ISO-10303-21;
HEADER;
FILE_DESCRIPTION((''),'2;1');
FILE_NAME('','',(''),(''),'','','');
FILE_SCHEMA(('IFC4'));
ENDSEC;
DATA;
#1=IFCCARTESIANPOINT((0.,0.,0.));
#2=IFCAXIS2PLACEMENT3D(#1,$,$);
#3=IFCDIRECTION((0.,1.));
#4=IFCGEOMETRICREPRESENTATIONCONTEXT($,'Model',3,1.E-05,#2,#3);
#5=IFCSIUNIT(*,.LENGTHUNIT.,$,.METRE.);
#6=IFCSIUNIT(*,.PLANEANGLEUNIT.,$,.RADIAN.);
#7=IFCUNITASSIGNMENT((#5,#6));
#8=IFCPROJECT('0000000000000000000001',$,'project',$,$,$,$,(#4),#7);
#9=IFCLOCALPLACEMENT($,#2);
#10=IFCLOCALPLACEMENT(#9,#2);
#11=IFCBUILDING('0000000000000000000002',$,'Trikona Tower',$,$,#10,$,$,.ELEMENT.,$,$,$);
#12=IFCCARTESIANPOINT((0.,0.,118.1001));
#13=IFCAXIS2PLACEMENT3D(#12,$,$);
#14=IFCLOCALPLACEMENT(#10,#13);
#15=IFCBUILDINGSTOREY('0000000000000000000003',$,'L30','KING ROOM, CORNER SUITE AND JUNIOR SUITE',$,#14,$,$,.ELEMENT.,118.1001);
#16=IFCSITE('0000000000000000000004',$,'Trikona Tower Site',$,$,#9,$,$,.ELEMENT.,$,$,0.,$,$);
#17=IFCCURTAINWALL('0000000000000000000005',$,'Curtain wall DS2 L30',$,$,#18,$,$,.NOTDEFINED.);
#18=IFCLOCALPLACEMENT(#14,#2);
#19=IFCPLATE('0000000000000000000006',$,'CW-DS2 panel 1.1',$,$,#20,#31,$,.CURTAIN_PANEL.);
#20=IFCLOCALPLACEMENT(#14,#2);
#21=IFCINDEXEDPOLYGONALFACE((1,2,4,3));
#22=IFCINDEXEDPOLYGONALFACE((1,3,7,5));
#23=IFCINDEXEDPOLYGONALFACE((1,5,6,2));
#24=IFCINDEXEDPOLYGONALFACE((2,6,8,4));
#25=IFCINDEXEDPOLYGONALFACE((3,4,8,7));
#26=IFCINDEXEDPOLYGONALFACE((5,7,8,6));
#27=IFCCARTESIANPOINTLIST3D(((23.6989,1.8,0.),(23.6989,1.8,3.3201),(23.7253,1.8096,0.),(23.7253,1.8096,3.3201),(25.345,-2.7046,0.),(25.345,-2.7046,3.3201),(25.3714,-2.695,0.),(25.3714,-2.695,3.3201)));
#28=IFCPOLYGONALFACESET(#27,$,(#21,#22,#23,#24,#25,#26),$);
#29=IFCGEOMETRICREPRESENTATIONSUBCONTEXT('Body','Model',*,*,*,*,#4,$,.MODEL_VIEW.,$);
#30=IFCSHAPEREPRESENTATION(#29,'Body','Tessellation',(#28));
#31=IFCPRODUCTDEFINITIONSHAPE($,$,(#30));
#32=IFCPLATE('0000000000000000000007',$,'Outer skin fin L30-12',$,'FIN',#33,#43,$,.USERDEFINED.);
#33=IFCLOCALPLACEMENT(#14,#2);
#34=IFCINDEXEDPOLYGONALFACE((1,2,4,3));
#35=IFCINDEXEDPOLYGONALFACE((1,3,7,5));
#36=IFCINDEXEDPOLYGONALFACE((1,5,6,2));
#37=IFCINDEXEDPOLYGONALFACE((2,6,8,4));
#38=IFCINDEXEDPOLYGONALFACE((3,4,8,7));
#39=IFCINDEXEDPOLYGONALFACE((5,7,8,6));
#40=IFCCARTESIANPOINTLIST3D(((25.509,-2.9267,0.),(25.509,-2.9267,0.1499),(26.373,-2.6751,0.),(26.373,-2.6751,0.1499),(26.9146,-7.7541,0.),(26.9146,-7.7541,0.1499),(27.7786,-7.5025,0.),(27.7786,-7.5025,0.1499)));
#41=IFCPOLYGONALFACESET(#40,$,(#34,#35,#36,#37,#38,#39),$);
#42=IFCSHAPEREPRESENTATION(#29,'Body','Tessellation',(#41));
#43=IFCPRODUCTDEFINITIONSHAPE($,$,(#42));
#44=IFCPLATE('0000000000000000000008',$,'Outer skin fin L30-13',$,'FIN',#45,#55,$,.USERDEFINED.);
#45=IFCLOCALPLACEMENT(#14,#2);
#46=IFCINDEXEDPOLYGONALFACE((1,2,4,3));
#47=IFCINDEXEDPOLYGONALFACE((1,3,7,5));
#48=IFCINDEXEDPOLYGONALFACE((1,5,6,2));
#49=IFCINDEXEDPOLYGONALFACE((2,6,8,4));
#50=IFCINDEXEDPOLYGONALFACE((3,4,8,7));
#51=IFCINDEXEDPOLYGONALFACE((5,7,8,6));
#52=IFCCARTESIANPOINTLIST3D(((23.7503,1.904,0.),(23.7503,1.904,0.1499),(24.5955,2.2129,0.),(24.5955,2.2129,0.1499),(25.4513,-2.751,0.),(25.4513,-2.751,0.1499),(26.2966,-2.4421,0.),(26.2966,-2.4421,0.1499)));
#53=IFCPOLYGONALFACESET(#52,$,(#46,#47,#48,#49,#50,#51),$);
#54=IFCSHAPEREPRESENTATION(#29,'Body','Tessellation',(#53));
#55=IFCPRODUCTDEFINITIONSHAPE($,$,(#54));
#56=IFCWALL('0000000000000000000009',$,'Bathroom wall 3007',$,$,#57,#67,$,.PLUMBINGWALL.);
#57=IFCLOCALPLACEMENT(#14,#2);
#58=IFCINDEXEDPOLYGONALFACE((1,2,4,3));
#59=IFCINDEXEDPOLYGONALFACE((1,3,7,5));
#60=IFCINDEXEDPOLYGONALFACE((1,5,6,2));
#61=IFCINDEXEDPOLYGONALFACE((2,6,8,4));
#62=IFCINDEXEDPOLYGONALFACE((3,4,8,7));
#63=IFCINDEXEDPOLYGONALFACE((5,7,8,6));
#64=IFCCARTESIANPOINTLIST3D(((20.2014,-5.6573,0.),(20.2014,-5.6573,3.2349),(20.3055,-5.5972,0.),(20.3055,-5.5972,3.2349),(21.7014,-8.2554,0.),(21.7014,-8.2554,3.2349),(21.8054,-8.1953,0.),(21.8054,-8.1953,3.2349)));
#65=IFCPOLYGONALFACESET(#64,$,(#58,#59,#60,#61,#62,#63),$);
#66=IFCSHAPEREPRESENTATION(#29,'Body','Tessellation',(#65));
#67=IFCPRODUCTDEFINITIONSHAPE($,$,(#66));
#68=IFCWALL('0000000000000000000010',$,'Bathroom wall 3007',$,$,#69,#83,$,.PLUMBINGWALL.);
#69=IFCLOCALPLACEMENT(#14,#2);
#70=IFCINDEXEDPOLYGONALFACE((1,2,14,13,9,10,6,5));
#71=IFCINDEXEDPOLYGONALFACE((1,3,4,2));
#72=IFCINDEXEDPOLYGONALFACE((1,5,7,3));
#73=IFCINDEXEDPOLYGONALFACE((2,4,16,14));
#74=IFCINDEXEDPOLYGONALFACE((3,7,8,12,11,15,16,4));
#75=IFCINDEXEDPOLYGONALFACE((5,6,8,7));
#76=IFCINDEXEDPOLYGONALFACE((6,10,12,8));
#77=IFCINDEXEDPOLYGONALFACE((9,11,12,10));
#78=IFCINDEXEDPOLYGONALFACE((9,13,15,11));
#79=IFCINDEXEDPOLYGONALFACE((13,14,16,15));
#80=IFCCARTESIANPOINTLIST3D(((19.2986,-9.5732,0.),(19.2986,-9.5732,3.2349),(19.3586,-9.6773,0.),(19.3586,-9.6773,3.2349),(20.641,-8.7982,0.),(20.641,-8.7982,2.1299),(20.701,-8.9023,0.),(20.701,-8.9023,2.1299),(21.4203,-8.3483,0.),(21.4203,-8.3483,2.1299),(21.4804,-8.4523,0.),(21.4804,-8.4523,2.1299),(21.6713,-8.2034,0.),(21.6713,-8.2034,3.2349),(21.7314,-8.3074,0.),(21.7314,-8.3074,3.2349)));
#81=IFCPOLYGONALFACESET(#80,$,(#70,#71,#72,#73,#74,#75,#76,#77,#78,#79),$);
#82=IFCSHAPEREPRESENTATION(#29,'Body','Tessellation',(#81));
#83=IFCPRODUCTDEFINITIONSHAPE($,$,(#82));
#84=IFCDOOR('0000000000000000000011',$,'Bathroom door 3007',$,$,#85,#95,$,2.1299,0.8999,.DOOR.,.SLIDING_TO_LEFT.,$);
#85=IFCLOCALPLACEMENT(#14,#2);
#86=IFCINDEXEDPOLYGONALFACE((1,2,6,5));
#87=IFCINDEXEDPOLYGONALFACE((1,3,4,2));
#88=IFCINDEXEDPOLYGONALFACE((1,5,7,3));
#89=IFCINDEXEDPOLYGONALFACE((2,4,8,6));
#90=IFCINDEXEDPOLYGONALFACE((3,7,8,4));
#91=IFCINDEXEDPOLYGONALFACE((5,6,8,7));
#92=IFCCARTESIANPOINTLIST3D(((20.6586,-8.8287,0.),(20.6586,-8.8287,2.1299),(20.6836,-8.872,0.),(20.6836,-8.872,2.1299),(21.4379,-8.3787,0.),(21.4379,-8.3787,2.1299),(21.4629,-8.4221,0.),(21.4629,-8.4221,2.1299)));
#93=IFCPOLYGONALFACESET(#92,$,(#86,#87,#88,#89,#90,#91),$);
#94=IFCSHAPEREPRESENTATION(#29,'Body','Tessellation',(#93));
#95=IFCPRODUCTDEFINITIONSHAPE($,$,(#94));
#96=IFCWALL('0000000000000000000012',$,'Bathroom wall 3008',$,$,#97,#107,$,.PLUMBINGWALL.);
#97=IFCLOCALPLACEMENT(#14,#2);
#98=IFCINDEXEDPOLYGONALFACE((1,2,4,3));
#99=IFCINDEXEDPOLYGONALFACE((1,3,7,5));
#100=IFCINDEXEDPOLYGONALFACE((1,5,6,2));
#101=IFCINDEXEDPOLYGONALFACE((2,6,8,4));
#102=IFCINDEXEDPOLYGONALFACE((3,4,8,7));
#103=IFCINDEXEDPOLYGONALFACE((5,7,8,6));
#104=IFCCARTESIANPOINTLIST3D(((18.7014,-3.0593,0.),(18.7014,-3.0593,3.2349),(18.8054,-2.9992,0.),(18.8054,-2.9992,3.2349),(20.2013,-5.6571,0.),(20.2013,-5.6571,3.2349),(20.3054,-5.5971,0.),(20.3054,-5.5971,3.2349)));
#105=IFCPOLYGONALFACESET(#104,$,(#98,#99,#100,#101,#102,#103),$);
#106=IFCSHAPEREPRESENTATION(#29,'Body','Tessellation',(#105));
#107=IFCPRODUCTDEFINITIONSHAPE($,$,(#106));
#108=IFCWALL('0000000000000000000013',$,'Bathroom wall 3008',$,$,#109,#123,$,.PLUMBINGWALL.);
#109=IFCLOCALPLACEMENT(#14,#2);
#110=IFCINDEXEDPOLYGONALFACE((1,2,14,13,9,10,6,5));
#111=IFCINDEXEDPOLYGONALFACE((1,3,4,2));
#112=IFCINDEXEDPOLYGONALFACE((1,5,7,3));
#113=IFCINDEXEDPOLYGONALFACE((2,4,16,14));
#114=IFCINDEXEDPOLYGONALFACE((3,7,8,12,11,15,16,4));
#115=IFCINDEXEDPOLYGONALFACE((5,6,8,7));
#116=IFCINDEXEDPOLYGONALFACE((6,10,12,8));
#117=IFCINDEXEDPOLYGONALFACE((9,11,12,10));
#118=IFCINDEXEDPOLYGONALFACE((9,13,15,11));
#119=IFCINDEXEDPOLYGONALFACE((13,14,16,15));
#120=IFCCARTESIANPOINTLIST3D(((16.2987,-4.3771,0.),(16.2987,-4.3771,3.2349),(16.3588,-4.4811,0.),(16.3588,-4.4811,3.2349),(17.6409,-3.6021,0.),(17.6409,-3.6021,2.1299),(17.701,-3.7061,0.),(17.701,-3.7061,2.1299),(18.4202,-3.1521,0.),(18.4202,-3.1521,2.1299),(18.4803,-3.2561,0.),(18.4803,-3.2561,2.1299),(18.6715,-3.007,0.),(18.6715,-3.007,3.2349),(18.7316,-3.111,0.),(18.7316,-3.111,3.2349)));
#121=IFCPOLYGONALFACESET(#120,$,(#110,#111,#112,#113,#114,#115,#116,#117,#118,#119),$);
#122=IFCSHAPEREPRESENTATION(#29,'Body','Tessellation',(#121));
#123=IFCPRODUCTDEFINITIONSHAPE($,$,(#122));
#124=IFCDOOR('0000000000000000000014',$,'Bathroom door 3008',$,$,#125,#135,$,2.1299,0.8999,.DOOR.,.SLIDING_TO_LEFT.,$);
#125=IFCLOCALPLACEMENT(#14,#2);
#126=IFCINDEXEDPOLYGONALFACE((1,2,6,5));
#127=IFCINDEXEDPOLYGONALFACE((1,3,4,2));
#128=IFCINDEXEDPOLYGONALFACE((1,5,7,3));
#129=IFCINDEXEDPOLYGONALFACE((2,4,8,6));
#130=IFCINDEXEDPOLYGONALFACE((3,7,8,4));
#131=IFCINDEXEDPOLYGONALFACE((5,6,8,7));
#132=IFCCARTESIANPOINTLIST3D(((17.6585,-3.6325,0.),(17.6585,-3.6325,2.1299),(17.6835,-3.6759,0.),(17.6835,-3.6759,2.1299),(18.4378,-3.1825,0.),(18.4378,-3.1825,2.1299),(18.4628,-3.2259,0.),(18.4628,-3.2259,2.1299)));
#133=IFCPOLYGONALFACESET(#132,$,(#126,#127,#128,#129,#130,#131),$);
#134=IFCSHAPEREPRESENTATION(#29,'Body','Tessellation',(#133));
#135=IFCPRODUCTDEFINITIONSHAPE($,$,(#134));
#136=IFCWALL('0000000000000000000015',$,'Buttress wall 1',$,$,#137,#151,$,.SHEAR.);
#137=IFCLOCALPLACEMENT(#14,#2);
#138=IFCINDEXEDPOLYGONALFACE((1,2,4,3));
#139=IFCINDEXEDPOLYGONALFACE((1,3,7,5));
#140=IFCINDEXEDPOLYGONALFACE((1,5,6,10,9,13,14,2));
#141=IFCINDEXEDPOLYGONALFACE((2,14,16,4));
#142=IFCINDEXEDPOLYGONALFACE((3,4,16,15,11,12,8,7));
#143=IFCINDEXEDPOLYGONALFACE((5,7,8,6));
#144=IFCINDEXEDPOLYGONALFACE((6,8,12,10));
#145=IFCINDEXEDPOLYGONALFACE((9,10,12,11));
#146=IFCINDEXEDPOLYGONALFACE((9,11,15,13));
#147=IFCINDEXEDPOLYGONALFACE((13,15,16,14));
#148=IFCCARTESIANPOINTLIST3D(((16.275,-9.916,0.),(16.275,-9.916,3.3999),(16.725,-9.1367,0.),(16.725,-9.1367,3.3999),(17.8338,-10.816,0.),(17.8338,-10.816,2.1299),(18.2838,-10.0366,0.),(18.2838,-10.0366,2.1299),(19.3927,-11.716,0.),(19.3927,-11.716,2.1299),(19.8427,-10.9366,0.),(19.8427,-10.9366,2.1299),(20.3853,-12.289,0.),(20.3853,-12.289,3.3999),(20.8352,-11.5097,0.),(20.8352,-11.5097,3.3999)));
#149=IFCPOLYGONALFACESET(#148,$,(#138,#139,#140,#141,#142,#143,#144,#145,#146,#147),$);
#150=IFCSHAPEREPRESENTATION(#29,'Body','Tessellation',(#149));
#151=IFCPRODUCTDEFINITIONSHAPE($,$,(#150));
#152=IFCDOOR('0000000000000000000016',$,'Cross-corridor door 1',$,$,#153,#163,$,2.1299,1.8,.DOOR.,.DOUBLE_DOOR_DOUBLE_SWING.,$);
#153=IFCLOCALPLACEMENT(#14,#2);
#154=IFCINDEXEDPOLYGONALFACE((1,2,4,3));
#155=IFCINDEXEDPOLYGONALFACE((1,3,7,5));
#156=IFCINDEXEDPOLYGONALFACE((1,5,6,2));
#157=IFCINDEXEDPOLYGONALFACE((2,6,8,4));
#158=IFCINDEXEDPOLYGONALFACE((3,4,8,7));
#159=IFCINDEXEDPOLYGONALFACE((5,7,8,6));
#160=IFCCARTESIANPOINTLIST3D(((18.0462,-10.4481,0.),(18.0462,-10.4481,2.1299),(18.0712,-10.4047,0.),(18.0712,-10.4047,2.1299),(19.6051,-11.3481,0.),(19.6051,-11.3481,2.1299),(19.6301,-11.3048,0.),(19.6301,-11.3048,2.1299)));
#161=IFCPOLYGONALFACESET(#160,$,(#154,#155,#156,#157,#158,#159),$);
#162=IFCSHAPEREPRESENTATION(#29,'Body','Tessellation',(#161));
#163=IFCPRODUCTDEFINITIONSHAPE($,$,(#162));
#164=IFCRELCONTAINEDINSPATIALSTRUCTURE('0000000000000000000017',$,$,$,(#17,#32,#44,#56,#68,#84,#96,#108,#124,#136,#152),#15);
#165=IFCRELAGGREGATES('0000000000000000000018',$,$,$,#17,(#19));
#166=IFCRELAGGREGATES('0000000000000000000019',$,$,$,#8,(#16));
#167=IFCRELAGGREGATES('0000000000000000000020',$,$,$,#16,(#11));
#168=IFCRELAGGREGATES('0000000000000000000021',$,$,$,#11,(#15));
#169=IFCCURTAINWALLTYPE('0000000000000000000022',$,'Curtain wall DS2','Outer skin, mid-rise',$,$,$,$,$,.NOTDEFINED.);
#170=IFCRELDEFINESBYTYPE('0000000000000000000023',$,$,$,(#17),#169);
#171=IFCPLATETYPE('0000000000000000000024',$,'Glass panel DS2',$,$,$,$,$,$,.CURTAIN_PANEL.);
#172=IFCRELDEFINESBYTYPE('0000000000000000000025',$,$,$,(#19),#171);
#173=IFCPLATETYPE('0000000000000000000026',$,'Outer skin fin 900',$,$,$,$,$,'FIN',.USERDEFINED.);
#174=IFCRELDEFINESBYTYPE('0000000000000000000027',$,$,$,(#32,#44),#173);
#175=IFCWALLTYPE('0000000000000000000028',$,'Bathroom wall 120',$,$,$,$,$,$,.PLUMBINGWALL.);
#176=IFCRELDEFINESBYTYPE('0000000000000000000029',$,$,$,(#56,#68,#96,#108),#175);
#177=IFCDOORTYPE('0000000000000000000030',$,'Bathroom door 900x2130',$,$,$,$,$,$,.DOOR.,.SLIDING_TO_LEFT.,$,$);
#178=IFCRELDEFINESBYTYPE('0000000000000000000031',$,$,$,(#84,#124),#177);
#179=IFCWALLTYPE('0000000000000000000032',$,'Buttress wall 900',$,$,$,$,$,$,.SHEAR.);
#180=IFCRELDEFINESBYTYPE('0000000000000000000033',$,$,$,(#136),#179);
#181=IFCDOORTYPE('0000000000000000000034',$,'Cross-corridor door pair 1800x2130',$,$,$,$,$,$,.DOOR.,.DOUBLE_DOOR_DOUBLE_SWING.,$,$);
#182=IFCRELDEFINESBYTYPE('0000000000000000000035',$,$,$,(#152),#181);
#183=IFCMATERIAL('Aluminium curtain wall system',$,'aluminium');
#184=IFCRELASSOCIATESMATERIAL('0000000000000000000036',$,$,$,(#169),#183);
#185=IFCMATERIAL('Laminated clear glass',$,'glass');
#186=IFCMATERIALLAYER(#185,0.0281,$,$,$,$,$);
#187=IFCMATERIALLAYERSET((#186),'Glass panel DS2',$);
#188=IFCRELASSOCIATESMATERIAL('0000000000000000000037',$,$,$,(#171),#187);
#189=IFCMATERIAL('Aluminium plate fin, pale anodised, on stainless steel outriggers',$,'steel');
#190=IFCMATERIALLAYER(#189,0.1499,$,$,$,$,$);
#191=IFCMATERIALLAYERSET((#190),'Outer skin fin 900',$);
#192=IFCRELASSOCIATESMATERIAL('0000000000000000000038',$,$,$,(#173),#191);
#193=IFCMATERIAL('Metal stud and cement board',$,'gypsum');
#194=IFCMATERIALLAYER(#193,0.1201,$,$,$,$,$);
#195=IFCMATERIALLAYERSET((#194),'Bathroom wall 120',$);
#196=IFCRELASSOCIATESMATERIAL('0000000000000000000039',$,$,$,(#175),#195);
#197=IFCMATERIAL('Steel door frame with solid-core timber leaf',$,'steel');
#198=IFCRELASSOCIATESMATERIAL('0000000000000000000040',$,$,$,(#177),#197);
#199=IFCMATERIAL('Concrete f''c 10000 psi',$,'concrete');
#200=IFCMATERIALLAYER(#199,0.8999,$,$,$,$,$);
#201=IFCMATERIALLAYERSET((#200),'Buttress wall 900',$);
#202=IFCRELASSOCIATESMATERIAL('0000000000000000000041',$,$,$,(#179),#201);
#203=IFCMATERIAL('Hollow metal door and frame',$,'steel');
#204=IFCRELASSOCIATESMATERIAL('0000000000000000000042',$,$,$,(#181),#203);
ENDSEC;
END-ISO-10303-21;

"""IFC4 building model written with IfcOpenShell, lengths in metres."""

from ifc_helpers import new_model, si_unit, direction, frame, frame_2d, origin, origin_2d, place, context, subcontext, project, spatial, rectangle, extrude, material, layer, layer_set, type_object, element, fill, aggregate, save


model = new_model("IFC4")

# Units and contexts
model_context = context("Model", 3, precision=1e-05, world=origin(), true_north=direction((0.0, 1.0)))
body_context = subcontext(model_context, "Body", "Model", "MODEL_VIEW")
ifc_project = project(units=[si_unit("LENGTHUNIT", "METRE"), si_unit("PLANEANGLEUNIT", "RADIAN")], contexts=[model_context])

# Site, building, storey
site_placement = place(None, origin())
site = spatial("IfcSite", under=ifc_project, at=site_placement, Name="Trikona Tower Site", CompositionType="ELEMENT", RefElevation=0.0)
building_placement = place(site_placement, origin())
building = spatial("IfcBuilding", under=site, at=building_placement, Name="Trikona Tower", CompositionType="ELEMENT")
storey_placement = place(building_placement, frame((0.0, 0.0, 118.1001)))
storey = spatial("IfcBuildingStorey", under=building, at=storey_placement, Name="L30", Description="KING ROOM, CORNER SUITE AND JUNIOR SUITE", CompositionType="ELEMENT", Elevation=118.1001)

# Shared definitions
ifc_material_1 = material(Name="Aluminium curtain wall system", Category="aluminium")
curtain_wall_type = type_object("IfcCurtainWallType", Name="Curtain wall DS2", Description="Outer skin, mid-rise", PredefinedType="NOTDEFINED", material=ifc_material_1)

# Curtain wall
curtain_wall_1_placement = place(storey_placement, origin())
curtain_wall_1 = element("IfcCurtainWall", 1, at=curtain_wall_1_placement, inside=storey, type_object=curtain_wall_type, Name="Curtain wall DS2 L30", PredefinedType="NOTDEFINED")

# Plate
ifc_material_2 = material(Name="Laminated clear glass", Category="glass")
ifc_layer_1 = layer(ifc_material_2, 0.0281)
ifc_layer_set_1 = layer_set([ifc_layer_1], Name="Glass panel DS2")
plate_type_1 = type_object("IfcPlateType", Name="Glass panel DS2", PredefinedType="CURTAIN_PANEL", material=ifc_layer_set_1)
plate_1_placement = place(storey_placement, frame((24.5352, -0.4475, 0.0), z_axis=(0.0, 0.0, 1.0), x_axis=(-0.343223, 0.939254, 0.0)))
plate_1 = element("IfcPlate", 2, at=plate_1_placement, type_object=plate_type_1, Name="CW-DS2 panel 1.1", PredefinedType="CURTAIN_PANEL", context=body_context, shape_type="SweptSolid", body=[
    extrude(rectangle(XDim=4.7959, YDim=0.0281, at=origin_2d()), origin(), (0.0, 0.0, 1.0), 3.3201),
])
aggregate(curtain_wall_1, [plate_1])

# Plates
ifc_material_3 = material(Name="Aluminium plate fin, pale anodised, on stainless steel outriggers", Category="steel")
ifc_layer_2 = layer(ifc_material_3, 0.1499)
ifc_layer_set_2 = layer_set([ifc_layer_2], Name="Outer skin fin 900")
plate_type_2 = type_object("IfcPlateType", Name="Outer skin fin 900", ElementType="FIN", PredefinedType="USERDEFINED", material=ifc_layer_set_2)
plate_2_placement = place(storey_placement, frame((26.6438, -5.2146, 0.0), z_axis=(0.0, 0.0, 1.0), x_axis=(-0.279554, 0.96013, 0.0)))
element("IfcPlate", 3, at=plate_2_placement, inside=storey, type_object=plate_type_2, Name="Outer skin fin L30-12", ObjectType="FIN", PredefinedType="USERDEFINED", context=body_context, shape_type="SweptSolid", body=[
    extrude(rectangle(XDim=5.0278, YDim=0.8999, at=origin_2d()), origin(), (0.0, 0.0, 1.0), 0.1499),
])
plate_3_placement = place(storey_placement, frame((25.0234, -0.269, 0.0), z_axis=(0.0, 0.0, 1.0), x_axis=(-0.34322, 0.939255, 0.0)))
element("IfcPlate", 4, at=plate_3_placement, inside=storey, type_object=plate_type_2, Name="Outer skin fin L30-13", ObjectType="FIN", PredefinedType="USERDEFINED", context=body_context, shape_type="SweptSolid", body=[
    extrude(rectangle(XDim=4.9561, YDim=0.8999, at=origin_2d()), origin(), (0.0, 0.0, 1.0), 0.1499),
])

# Wall
ifc_material_4 = material(Name="Metal stud and cement board", Category="gypsum")
ifc_layer_3 = layer(ifc_material_4, 0.1201)
ifc_layer_set_3 = layer_set([ifc_layer_3], Name="Bathroom wall 120")
wall_type_1 = type_object("IfcWallType", Name="Bathroom wall 120", PredefinedType="PLUMBINGWALL", material=ifc_layer_set_3)
wall_1_placement = place(storey_placement, frame((21.7534, -8.2253, 0.0), z_axis=(0.0, 0.0, 1.0), x_axis=(-0.49999, 0.866031, 0.0)))
element("IfcWall", 5, at=wall_1_placement, inside=storey, type_object=wall_type_1, Name="Bathroom wall 3007", PredefinedType="PLUMBINGWALL", context=body_context, shape_type="SweptSolid", body=[
    extrude(rectangle(XDim=3.0, YDim=0.1201, at=frame_2d((1.5, 0.0))), origin(), (0.0, 0.0, 1.0), 3.2349),
])

# Wall, opening, door
wall_2_placement = place(storey_placement, frame((19.3286, -9.6252, 0.0), z_axis=(0.0, 0.0, 1.0), x_axis=(0.866036, 0.499982, 0.0)))
wall_2 = element("IfcWall", 6, at=wall_2_placement, inside=storey, type_object=wall_type_1, Name="Bathroom wall 3007", PredefinedType="PLUMBINGWALL", context=body_context, shape_type="SweptSolid", body=[
    extrude(rectangle(XDim=2.7397, YDim=0.1201, at=frame_2d((1.3699, 0.0))), origin(), (0.0, 0.0, 1.0), 3.2349),
])
opening_1_placement = place(wall_2_placement, frame((1.55, 0.0, 0.0)))
opening_1 = element("IfcOpeningElement", 7, at=opening_1_placement, cuts=wall_2, PredefinedType="OPENING", context=body_context, shape_type="SweptSolid", body=[
    extrude(rectangle(XDim=0.8999, YDim=2.1299, at=frame_2d((0.45, 1.0649))), frame((0.0, 0.0701, 0.0), z_axis=(0.0, -1.0, 0.0), x_axis=(1.0, 0.0, 0.0)), (0.0, 0.0, 1.0), 0.1401),
])
ifc_material_5 = material(Name="Steel door frame with solid-core timber leaf", Category="steel")
door_type_1 = type_object("IfcDoorType", Name="Bathroom door 900x2130", OperationType="SLIDING_TO_LEFT", PredefinedType="DOOR", material=ifc_material_5)
door_1_placement = place(opening_1_placement, origin())
door_1 = element("IfcDoor", 8, at=door_1_placement, inside=storey, type_object=door_type_1, Name="Bathroom door 3007", OperationType="SLIDING_TO_LEFT", OverallHeight=2.1299, OverallWidth=0.8999, PredefinedType="DOOR", context=body_context, shape_type="SweptSolid", body=[
    extrude(rectangle(XDim=0.8999, YDim=2.1299, at=frame_2d((0.45, 1.0649))), frame((0.0, 0.0249, 0.0), z_axis=(0.0, -1.0, 0.0), x_axis=(1.0, 0.0, 0.0)), (0.0, 0.0, 1.0), 0.05),
])
fill(opening_1, door_1)

# Wall
wall_3_placement = place(storey_placement, frame((20.2534, -5.6272, 0.0), z_axis=(0.0, 0.0, 1.0), x_axis=(-0.500025, 0.866011, 0.0)))
element("IfcWall", 9, at=wall_3_placement, inside=storey, type_object=wall_type_1, Name="Bathroom wall 3008", PredefinedType="PLUMBINGWALL", context=body_context, shape_type="SweptSolid", body=[
    extrude(rectangle(XDim=2.9998, YDim=0.1201, at=frame_2d((1.5, 0.0))), origin(), (0.0, 0.0, 1.0), 3.2349),
])

# Walls, openings, doors
wall_4_placement = place(storey_placement, frame((16.3286, -4.4292, 0.0), z_axis=(0.0, 0.0, 1.0), x_axis=(0.865997, 0.500049, 0.0)))
wall_4 = element("IfcWall", 10, at=wall_4_placement, inside=storey, type_object=wall_type_1, Name="Bathroom wall 3008", PredefinedType="PLUMBINGWALL", context=body_context, shape_type="SweptSolid", body=[
    extrude(rectangle(XDim=2.74, YDim=0.1201, at=frame_2d((1.3701, 0.0))), origin(), (0.0, 0.0, 1.0), 3.2349),
])
opening_2_placement = place(wall_4_placement, frame((1.55, 0.0, 0.0)))
opening_2 = element("IfcOpeningElement", 11, at=opening_2_placement, cuts=wall_4, PredefinedType="OPENING", context=body_context, shape_type="SweptSolid", body=[
    extrude(rectangle(XDim=0.8999, YDim=2.1299, at=frame_2d((0.45, 1.0649))), frame((0.0, 0.0701, 0.0), z_axis=(0.0, -1.0, 0.0), x_axis=(1.0, 0.0, 0.0)), (0.0, 0.0, 1.0), 0.1401),
])
door_2_placement = place(opening_2_placement, origin())
door_2 = element("IfcDoor", 12, at=door_2_placement, inside=storey, type_object=door_type_1, Name="Bathroom door 3008", OperationType="SLIDING_TO_LEFT", OverallHeight=2.1299, OverallWidth=0.8999, PredefinedType="DOOR", context=body_context, shape_type="SweptSolid", body=[
    extrude(rectangle(XDim=0.8999, YDim=2.1299, at=frame_2d((0.45, 1.0649))), frame((0.0, 0.0249, 0.0), z_axis=(0.0, -1.0, 0.0), x_axis=(1.0, 0.0, 0.0)), (0.0, 0.0, 1.0), 0.05),
])
fill(opening_2, door_2)
ifc_material_6 = material(Name="Concrete f'c 10000 psi", Category="concrete")
ifc_layer_4 = layer(ifc_material_6, 0.8999)
ifc_layer_set_4 = layer_set([ifc_layer_4], Name="Buttress wall 900")
wall_type_2 = type_object("IfcWallType", Name="Buttress wall 900", PredefinedType="SHEAR", material=ifc_layer_set_4)
wall_5_placement = place(storey_placement, frame((16.5, -9.5264, 0.0), z_axis=(0.0, 0.0, 1.0), x_axis=(0.866031, -0.49999, 0.0)))
wall_5 = element("IfcWall", 13, at=wall_5_placement, inside=storey, type_object=wall_type_2, Name="Buttress wall 1", PredefinedType="SHEAR", context=body_context, shape_type="SweptSolid", body=[
    extrude(rectangle(XDim=4.7461, YDim=0.8999, at=frame_2d((2.373, 0.0))), origin(), (0.0, 0.0, 1.0), 3.3999),
])
opening_3_placement = place(wall_5_placement, frame((1.8, 0.0, 0.0)))
opening_3 = element("IfcOpeningElement", 14, at=opening_3_placement, cuts=wall_5, PredefinedType="OPENING", context=body_context, shape_type="SweptSolid", body=[
    extrude(rectangle(XDim=1.8, YDim=2.1299, at=frame_2d((0.8999, 1.0649))), frame((0.0, 0.46, 0.0), z_axis=(0.0, -1.0, 0.0), x_axis=(1.0, 0.0, 0.0)), (0.0, 0.0, 1.0), 0.9199),
])
ifc_material_7 = material(Name="Hollow metal door and frame", Category="steel")
door_type_2 = type_object("IfcDoorType", Name="Cross-corridor door pair 1800x2130", OperationType="DOUBLE_DOOR_DOUBLE_SWING", PredefinedType="DOOR", material=ifc_material_7)
door_3_placement = place(opening_3_placement, origin())
door_3 = element("IfcDoor", 15, at=door_3_placement, inside=storey, type_object=door_type_2, Name="Cross-corridor door 1", OperationType="DOUBLE_DOOR_DOUBLE_SWING", OverallHeight=2.1299, OverallWidth=1.8, PredefinedType="DOOR", context=body_context, shape_type="SweptSolid", body=[
    extrude(rectangle(XDim=1.8, YDim=2.1299, at=frame_2d((0.8999, 1.0649))), frame((0.0, 0.0249, 0.0), z_axis=(0.0, -1.0, 0.0), x_axis=(1.0, 0.0, 0.0)), (0.0, 0.0, 1.0), 0.05),
])
fill(opening_3, door_3)

save(model, "model.ifc")
